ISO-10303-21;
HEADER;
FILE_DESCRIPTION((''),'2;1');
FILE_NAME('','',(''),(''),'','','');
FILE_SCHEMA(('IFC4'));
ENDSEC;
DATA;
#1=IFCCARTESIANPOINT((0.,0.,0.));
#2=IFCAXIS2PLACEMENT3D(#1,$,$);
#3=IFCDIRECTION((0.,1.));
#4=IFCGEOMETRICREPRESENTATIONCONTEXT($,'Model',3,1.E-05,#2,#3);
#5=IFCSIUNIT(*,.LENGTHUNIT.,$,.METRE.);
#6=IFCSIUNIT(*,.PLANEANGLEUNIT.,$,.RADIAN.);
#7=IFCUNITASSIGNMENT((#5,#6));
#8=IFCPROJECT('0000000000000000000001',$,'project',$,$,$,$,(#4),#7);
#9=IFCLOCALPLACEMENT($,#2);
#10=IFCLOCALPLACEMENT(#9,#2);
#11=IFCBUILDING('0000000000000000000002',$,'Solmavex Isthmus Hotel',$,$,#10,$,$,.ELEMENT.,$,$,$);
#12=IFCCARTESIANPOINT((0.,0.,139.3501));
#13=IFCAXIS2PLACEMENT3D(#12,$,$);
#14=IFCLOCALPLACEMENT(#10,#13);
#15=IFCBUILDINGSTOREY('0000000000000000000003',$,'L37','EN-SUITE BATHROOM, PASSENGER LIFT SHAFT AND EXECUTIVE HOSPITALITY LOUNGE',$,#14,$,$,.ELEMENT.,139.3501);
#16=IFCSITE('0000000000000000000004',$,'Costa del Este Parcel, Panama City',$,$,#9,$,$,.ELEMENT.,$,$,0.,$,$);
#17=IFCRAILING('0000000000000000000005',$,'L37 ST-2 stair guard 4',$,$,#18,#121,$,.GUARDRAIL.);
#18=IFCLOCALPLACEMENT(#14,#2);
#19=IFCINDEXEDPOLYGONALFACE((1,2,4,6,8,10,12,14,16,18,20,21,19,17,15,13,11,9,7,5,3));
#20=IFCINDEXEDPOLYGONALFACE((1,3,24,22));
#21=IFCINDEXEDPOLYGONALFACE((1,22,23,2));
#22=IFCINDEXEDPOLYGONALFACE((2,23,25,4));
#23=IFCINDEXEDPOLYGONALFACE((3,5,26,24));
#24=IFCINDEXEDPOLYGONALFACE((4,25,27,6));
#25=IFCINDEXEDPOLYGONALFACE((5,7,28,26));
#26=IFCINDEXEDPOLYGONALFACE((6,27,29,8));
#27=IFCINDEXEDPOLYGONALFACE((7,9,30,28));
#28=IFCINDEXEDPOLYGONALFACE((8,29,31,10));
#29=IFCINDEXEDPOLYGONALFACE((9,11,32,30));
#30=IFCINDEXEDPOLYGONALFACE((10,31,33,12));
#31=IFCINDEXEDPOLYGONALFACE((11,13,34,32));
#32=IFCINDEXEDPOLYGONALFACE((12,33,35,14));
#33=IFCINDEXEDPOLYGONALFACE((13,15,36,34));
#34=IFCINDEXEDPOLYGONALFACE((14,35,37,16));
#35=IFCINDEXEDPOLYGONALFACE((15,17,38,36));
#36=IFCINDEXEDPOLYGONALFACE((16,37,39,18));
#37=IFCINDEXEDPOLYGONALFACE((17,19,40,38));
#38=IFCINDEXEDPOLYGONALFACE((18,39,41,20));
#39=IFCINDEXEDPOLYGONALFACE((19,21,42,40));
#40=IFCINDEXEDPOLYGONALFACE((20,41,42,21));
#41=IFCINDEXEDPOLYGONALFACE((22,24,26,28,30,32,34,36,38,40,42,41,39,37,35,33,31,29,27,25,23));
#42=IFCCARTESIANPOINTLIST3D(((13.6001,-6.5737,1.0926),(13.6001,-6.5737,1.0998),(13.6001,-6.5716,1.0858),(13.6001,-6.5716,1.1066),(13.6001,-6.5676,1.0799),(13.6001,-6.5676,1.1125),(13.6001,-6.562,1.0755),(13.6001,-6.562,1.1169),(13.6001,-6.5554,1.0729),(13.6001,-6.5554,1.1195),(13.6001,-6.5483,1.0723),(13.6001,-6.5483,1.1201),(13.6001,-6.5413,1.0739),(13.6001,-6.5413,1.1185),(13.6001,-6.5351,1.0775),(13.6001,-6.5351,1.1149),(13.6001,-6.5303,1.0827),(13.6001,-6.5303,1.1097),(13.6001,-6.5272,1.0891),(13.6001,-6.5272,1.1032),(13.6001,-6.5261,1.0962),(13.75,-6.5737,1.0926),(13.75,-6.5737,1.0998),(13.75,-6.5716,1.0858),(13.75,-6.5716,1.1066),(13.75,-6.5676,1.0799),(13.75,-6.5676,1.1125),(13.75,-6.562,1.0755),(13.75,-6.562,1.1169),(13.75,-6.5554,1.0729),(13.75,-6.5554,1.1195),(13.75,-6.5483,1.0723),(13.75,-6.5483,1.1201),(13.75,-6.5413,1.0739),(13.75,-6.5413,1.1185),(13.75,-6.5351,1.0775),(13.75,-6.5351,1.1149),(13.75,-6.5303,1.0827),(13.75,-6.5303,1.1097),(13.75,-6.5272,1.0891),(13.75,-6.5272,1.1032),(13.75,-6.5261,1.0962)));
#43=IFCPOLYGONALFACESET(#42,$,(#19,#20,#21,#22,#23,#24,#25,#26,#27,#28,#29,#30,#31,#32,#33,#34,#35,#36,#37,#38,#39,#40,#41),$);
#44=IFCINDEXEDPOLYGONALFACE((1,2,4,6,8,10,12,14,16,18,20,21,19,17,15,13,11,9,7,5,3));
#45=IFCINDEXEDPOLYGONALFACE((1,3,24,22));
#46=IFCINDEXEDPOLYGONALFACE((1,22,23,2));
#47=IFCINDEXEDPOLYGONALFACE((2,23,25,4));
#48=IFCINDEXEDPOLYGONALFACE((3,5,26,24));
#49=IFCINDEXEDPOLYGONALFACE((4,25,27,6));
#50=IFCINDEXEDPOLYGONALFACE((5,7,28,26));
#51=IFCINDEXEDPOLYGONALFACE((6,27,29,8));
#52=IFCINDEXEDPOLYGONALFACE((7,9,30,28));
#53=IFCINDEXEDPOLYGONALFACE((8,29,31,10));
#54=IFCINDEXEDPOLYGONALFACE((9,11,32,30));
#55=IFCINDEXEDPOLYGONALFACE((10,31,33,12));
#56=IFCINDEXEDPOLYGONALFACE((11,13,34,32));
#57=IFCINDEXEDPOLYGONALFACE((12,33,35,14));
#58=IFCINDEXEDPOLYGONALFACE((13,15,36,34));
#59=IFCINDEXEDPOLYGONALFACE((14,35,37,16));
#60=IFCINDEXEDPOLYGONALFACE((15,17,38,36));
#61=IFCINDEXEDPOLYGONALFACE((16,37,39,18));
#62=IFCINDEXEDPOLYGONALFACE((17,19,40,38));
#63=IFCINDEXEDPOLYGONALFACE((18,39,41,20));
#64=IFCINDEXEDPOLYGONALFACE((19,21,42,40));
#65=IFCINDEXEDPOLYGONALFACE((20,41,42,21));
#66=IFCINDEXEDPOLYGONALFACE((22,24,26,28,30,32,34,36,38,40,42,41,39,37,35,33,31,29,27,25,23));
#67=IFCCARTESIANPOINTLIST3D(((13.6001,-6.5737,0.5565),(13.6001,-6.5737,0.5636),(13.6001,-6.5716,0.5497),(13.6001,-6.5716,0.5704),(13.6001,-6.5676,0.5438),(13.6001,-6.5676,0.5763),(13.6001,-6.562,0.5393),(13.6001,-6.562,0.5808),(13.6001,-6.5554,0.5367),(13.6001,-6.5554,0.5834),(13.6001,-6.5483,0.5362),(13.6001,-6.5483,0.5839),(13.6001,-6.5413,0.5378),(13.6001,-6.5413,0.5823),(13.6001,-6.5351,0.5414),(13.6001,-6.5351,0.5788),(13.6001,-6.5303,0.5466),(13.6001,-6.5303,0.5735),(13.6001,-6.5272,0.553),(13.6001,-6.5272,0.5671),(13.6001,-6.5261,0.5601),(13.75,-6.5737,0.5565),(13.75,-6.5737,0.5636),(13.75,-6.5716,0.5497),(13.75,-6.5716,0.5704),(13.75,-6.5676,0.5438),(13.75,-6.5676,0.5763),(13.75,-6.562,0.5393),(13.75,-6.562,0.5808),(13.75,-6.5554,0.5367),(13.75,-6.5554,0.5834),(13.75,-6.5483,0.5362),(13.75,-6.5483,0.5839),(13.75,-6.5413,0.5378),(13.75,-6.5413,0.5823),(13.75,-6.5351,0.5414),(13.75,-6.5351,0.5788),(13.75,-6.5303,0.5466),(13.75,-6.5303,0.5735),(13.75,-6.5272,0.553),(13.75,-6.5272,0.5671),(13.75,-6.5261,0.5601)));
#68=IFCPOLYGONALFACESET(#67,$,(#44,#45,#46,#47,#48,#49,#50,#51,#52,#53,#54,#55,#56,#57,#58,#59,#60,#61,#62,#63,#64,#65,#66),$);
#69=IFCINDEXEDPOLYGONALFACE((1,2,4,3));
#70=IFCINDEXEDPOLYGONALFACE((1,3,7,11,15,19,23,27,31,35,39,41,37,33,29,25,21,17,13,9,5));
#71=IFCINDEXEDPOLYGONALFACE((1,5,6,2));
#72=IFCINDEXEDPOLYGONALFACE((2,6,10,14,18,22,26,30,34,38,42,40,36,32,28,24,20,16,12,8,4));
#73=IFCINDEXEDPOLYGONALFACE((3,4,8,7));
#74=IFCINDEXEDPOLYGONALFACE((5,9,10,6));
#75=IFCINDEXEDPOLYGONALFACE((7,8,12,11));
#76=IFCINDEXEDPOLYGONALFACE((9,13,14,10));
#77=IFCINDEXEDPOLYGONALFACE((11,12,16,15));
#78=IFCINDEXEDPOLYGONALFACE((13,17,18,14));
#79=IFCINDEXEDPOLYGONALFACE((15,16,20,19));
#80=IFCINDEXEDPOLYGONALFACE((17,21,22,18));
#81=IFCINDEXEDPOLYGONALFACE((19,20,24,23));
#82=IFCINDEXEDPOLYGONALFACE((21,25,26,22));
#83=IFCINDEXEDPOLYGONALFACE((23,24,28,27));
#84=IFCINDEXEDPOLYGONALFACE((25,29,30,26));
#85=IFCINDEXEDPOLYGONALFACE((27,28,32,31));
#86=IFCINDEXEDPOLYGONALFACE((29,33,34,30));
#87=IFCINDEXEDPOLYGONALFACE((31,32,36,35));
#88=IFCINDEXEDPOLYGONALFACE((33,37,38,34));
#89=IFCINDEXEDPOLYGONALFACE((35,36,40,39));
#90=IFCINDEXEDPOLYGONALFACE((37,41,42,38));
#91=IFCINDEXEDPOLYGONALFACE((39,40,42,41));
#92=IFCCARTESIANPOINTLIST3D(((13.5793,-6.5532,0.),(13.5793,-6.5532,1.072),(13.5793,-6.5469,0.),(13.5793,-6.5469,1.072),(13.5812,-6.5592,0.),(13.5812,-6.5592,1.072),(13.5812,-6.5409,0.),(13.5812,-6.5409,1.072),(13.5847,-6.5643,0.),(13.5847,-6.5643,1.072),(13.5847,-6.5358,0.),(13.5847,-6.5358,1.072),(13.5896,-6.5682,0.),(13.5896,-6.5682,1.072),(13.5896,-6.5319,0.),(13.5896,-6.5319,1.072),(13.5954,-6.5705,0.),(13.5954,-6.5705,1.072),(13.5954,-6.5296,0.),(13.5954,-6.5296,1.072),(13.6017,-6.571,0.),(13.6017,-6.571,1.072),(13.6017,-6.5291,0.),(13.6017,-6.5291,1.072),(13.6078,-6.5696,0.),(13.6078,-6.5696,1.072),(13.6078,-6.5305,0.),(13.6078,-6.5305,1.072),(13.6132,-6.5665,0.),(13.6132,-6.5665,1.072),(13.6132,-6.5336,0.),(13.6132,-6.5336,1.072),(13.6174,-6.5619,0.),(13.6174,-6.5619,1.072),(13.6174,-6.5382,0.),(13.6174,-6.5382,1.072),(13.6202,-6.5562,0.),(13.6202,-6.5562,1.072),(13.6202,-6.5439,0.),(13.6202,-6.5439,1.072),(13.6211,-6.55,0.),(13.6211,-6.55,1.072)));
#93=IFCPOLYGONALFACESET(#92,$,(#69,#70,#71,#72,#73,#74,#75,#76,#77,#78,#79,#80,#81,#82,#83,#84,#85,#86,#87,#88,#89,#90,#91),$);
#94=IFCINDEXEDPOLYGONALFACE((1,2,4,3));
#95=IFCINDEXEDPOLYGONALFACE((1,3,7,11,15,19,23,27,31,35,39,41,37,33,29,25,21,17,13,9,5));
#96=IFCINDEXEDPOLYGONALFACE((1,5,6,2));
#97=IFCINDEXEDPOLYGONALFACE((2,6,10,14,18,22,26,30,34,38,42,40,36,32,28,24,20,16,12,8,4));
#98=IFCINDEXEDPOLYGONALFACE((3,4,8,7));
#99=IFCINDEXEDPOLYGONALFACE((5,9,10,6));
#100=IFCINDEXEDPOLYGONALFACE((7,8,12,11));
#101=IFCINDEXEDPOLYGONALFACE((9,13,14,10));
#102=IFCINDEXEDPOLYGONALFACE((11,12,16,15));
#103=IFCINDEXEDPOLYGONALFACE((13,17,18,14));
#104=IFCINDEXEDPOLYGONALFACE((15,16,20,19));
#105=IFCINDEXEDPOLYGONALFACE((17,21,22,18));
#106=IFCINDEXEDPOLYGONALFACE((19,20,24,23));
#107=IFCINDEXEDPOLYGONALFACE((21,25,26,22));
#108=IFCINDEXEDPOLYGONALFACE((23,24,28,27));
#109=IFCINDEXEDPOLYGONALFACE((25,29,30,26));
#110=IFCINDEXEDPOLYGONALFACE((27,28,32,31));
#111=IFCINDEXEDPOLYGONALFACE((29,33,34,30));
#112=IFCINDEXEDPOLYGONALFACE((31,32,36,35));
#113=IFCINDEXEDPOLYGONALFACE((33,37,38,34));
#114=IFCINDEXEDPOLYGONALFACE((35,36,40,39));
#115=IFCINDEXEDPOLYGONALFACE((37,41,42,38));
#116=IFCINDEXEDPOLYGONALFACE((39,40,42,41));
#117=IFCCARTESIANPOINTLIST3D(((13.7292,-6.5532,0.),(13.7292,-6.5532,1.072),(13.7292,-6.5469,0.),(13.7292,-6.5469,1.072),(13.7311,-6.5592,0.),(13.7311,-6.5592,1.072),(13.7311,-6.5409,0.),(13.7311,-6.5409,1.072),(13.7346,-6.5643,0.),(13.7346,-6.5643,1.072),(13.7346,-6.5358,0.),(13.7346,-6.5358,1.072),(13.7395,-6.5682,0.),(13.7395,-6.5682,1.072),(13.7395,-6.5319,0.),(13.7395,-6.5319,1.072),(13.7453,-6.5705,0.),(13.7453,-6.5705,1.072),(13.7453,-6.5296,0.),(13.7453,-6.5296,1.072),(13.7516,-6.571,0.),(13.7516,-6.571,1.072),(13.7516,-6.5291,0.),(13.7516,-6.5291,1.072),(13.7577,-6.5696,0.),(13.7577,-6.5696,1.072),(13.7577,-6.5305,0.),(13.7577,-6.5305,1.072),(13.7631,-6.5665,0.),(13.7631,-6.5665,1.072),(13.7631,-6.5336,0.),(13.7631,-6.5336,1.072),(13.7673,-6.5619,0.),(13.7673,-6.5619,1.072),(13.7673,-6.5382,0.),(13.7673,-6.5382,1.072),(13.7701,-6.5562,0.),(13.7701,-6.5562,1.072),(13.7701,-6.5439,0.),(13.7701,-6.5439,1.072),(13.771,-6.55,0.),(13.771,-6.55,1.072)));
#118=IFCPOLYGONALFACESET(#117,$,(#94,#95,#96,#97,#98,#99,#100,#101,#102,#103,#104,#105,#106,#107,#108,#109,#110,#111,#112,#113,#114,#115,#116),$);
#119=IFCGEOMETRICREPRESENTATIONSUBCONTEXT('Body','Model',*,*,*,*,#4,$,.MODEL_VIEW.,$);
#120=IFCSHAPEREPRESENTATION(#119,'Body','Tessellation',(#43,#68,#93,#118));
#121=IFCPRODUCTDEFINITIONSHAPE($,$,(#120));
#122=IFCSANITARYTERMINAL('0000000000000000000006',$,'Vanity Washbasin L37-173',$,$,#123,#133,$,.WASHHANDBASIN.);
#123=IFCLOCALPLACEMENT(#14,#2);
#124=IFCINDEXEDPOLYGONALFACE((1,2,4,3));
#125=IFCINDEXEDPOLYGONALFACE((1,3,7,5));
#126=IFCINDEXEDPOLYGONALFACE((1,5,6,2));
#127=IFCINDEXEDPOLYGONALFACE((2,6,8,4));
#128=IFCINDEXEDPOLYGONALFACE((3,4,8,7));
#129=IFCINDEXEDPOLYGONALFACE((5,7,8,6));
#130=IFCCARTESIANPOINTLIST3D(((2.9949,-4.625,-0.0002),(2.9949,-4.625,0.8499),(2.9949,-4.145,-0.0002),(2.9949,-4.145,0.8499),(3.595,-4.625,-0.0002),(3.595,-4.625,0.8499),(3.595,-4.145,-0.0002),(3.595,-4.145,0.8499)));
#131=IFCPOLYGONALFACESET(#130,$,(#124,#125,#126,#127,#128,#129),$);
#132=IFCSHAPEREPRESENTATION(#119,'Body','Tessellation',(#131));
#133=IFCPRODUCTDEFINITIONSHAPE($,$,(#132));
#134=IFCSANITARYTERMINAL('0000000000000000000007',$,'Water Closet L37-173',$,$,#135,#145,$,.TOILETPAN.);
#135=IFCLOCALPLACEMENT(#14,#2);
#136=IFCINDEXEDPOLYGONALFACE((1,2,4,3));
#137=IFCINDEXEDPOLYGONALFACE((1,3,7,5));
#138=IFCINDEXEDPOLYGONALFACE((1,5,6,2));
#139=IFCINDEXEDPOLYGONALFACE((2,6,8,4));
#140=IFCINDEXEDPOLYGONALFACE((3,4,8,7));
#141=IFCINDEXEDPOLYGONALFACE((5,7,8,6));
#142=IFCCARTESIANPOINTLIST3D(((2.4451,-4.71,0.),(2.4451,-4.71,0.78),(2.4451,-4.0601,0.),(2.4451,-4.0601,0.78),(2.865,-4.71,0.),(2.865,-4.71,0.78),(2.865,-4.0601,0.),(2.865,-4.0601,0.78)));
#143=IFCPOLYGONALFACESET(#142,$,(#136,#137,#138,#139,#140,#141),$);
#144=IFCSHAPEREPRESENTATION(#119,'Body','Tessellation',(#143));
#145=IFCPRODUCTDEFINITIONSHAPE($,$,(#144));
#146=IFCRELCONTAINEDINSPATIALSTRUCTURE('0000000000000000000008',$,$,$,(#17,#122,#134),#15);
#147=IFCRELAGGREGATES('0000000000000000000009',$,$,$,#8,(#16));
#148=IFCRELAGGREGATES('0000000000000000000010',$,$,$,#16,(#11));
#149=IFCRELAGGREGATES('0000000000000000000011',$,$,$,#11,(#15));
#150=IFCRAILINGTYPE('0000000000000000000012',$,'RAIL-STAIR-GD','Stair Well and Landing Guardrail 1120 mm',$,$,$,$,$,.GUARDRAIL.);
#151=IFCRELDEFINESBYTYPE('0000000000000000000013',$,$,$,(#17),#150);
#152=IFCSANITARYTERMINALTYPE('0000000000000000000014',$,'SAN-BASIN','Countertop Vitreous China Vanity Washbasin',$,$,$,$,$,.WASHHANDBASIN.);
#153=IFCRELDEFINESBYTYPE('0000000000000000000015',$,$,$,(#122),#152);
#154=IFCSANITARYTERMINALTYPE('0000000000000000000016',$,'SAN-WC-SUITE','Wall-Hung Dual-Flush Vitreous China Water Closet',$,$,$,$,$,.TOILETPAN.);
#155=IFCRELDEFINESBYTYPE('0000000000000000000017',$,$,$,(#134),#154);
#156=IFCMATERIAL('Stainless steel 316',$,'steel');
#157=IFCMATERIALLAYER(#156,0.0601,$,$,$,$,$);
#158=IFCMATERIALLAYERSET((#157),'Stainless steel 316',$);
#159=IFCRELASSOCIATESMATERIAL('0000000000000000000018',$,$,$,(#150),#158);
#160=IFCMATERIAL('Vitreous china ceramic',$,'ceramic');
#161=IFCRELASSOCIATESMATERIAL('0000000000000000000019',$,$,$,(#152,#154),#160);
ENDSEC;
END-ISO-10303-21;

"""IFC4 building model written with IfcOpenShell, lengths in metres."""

from ifc_helpers import new_model, si_unit, direction, frame, origin, origin_2d, place, context, subcontext, project, spatial, rectangle, circle, extrude, material, layer, layer_set, type_object, element, save


model = new_model("IFC4")

# Units and contexts
model_context = context("Model", 3, precision=1e-05, world=origin(), true_north=direction((0.0, 1.0)))
body_context = subcontext(model_context, "Body", "Model", "MODEL_VIEW")
ifc_project = project(units=[si_unit("LENGTHUNIT", "METRE"), si_unit("PLANEANGLEUNIT", "RADIAN")], contexts=[model_context])

# Site, building, storey
site_placement = place(None, origin())
site = spatial("IfcSite", under=ifc_project, at=site_placement, Name="Costa del Este Parcel, Panama City", CompositionType="ELEMENT", RefElevation=0.0)
building_placement = place(site_placement, origin())
building = spatial("IfcBuilding", under=site, at=building_placement, Name="Solmavex Isthmus Hotel", CompositionType="ELEMENT")
storey_placement = place(building_placement, frame((0.0, 0.0, 139.3501)))
storey = spatial("IfcBuildingStorey", under=building, at=storey_placement, Name="L37", Description="EN-SUITE BATHROOM, PASSENGER LIFT SHAFT AND EXECUTIVE HOSPITALITY LOUNGE", CompositionType="ELEMENT", Elevation=139.3501)

# Shared definitions
ifc_material_1 = material(Name="Stainless steel 316", Category="steel")

# Railing
ifc_layer_1 = layer(ifc_material_1, 0.0601)
ifc_layer_set_1 = layer_set([ifc_layer_1], Name="Stainless steel 316")
railing_type_1 = type_object("IfcRailingType", Name="RAIL-STAIR-GD", Description="Stair Well and Landing Guardrail 1120 mm", PredefinedType="GUARDRAIL", material=ifc_layer_set_1)
for number, where, name in (
    (1, (13.6001, -6.55, 0.0), "L37 ST-2 stair guard 4"),
):
    element("IfcRailing", number, at=place(storey_placement, frame(where)), inside=storey, type_object=railing_type_1, Name=name, PredefinedType="GUARDRAIL", context=body_context, shape_type="SweptSolid", body=[
        extrude(circle(Radius=0.0239, at=origin_2d()), frame((0.0, 0.0, 1.0962), z_axis=(1.0, 0.0, 0.0), x_axis=(0.0, 1.0, 0.0)), (0.0, 0.0, 1.0), 0.1499),
        extrude(circle(Radius=0.0239, at=origin_2d()), frame((0.0, 0.0, 0.5601), z_axis=(1.0, 0.0, 0.0), x_axis=(0.0, 1.0, 0.0)), (0.0, 0.0, 1.0), 0.1499),
        extrude(circle(Radius=0.021, at=origin_2d()), origin(), (0.0, 0.0, 1.0), 1.072),
        extrude(circle(Radius=0.021, at=origin_2d()), frame((0.1499, 0.0, 0.0)), (0.0, 0.0, 1.0), 1.072),
    ])

# Sanitary terminals
ifc_material_2 = material(Name="Vitreous china ceramic", Category="ceramic")
sanitary_terminal_type_1 = type_object("IfcSanitaryTerminalType", Name="SAN-BASIN", Description="Countertop Vitreous China Vanity Washbasin", PredefinedType="WASHHANDBASIN", material=ifc_material_2)
sanitary_terminal_1_placement = place(storey_placement, frame((3.2949, -4.385, -0.0002), z_axis=(0.0, 0.0, 1.0), x_axis=(1.0, 0.0, 0.0)))
element("IfcSanitaryTerminal", 2, at=sanitary_terminal_1_placement, inside=storey, type_object=sanitary_terminal_type_1, Name="Vanity Washbasin L37-173", PredefinedType="WASHHANDBASIN", context=body_context, shape_type="SweptSolid", body=[
    extrude(rectangle(XDim=0.6001, YDim=0.48, at=origin_2d()), origin(), (0.0, 0.0, 1.0), 0.8501),
])
sanitary_terminal_type_2 = type_object("IfcSanitaryTerminalType", Name="SAN-WC-SUITE", Description="Wall-Hung Dual-Flush Vitreous China Water Closet", PredefinedType="TOILETPAN", material=ifc_material_2)
sanitary_terminal_2_placement = place(storey_placement, frame((2.655, -4.385, 0.0), z_axis=(0.0, 0.0, 1.0), x_axis=(1.0, 0.0, 0.0)))
element("IfcSanitaryTerminal", 3, at=sanitary_terminal_2_placement, inside=storey, type_object=sanitary_terminal_type_2, Name="Water Closet L37-173", PredefinedType="TOILETPAN", context=body_context, shape_type="SweptSolid", body=[
    extrude(rectangle(XDim=0.4199, YDim=0.6499, at=origin_2d()), origin(), (0.0, 0.0, 1.0), 0.78),
])

save(model, "model.ifc")
